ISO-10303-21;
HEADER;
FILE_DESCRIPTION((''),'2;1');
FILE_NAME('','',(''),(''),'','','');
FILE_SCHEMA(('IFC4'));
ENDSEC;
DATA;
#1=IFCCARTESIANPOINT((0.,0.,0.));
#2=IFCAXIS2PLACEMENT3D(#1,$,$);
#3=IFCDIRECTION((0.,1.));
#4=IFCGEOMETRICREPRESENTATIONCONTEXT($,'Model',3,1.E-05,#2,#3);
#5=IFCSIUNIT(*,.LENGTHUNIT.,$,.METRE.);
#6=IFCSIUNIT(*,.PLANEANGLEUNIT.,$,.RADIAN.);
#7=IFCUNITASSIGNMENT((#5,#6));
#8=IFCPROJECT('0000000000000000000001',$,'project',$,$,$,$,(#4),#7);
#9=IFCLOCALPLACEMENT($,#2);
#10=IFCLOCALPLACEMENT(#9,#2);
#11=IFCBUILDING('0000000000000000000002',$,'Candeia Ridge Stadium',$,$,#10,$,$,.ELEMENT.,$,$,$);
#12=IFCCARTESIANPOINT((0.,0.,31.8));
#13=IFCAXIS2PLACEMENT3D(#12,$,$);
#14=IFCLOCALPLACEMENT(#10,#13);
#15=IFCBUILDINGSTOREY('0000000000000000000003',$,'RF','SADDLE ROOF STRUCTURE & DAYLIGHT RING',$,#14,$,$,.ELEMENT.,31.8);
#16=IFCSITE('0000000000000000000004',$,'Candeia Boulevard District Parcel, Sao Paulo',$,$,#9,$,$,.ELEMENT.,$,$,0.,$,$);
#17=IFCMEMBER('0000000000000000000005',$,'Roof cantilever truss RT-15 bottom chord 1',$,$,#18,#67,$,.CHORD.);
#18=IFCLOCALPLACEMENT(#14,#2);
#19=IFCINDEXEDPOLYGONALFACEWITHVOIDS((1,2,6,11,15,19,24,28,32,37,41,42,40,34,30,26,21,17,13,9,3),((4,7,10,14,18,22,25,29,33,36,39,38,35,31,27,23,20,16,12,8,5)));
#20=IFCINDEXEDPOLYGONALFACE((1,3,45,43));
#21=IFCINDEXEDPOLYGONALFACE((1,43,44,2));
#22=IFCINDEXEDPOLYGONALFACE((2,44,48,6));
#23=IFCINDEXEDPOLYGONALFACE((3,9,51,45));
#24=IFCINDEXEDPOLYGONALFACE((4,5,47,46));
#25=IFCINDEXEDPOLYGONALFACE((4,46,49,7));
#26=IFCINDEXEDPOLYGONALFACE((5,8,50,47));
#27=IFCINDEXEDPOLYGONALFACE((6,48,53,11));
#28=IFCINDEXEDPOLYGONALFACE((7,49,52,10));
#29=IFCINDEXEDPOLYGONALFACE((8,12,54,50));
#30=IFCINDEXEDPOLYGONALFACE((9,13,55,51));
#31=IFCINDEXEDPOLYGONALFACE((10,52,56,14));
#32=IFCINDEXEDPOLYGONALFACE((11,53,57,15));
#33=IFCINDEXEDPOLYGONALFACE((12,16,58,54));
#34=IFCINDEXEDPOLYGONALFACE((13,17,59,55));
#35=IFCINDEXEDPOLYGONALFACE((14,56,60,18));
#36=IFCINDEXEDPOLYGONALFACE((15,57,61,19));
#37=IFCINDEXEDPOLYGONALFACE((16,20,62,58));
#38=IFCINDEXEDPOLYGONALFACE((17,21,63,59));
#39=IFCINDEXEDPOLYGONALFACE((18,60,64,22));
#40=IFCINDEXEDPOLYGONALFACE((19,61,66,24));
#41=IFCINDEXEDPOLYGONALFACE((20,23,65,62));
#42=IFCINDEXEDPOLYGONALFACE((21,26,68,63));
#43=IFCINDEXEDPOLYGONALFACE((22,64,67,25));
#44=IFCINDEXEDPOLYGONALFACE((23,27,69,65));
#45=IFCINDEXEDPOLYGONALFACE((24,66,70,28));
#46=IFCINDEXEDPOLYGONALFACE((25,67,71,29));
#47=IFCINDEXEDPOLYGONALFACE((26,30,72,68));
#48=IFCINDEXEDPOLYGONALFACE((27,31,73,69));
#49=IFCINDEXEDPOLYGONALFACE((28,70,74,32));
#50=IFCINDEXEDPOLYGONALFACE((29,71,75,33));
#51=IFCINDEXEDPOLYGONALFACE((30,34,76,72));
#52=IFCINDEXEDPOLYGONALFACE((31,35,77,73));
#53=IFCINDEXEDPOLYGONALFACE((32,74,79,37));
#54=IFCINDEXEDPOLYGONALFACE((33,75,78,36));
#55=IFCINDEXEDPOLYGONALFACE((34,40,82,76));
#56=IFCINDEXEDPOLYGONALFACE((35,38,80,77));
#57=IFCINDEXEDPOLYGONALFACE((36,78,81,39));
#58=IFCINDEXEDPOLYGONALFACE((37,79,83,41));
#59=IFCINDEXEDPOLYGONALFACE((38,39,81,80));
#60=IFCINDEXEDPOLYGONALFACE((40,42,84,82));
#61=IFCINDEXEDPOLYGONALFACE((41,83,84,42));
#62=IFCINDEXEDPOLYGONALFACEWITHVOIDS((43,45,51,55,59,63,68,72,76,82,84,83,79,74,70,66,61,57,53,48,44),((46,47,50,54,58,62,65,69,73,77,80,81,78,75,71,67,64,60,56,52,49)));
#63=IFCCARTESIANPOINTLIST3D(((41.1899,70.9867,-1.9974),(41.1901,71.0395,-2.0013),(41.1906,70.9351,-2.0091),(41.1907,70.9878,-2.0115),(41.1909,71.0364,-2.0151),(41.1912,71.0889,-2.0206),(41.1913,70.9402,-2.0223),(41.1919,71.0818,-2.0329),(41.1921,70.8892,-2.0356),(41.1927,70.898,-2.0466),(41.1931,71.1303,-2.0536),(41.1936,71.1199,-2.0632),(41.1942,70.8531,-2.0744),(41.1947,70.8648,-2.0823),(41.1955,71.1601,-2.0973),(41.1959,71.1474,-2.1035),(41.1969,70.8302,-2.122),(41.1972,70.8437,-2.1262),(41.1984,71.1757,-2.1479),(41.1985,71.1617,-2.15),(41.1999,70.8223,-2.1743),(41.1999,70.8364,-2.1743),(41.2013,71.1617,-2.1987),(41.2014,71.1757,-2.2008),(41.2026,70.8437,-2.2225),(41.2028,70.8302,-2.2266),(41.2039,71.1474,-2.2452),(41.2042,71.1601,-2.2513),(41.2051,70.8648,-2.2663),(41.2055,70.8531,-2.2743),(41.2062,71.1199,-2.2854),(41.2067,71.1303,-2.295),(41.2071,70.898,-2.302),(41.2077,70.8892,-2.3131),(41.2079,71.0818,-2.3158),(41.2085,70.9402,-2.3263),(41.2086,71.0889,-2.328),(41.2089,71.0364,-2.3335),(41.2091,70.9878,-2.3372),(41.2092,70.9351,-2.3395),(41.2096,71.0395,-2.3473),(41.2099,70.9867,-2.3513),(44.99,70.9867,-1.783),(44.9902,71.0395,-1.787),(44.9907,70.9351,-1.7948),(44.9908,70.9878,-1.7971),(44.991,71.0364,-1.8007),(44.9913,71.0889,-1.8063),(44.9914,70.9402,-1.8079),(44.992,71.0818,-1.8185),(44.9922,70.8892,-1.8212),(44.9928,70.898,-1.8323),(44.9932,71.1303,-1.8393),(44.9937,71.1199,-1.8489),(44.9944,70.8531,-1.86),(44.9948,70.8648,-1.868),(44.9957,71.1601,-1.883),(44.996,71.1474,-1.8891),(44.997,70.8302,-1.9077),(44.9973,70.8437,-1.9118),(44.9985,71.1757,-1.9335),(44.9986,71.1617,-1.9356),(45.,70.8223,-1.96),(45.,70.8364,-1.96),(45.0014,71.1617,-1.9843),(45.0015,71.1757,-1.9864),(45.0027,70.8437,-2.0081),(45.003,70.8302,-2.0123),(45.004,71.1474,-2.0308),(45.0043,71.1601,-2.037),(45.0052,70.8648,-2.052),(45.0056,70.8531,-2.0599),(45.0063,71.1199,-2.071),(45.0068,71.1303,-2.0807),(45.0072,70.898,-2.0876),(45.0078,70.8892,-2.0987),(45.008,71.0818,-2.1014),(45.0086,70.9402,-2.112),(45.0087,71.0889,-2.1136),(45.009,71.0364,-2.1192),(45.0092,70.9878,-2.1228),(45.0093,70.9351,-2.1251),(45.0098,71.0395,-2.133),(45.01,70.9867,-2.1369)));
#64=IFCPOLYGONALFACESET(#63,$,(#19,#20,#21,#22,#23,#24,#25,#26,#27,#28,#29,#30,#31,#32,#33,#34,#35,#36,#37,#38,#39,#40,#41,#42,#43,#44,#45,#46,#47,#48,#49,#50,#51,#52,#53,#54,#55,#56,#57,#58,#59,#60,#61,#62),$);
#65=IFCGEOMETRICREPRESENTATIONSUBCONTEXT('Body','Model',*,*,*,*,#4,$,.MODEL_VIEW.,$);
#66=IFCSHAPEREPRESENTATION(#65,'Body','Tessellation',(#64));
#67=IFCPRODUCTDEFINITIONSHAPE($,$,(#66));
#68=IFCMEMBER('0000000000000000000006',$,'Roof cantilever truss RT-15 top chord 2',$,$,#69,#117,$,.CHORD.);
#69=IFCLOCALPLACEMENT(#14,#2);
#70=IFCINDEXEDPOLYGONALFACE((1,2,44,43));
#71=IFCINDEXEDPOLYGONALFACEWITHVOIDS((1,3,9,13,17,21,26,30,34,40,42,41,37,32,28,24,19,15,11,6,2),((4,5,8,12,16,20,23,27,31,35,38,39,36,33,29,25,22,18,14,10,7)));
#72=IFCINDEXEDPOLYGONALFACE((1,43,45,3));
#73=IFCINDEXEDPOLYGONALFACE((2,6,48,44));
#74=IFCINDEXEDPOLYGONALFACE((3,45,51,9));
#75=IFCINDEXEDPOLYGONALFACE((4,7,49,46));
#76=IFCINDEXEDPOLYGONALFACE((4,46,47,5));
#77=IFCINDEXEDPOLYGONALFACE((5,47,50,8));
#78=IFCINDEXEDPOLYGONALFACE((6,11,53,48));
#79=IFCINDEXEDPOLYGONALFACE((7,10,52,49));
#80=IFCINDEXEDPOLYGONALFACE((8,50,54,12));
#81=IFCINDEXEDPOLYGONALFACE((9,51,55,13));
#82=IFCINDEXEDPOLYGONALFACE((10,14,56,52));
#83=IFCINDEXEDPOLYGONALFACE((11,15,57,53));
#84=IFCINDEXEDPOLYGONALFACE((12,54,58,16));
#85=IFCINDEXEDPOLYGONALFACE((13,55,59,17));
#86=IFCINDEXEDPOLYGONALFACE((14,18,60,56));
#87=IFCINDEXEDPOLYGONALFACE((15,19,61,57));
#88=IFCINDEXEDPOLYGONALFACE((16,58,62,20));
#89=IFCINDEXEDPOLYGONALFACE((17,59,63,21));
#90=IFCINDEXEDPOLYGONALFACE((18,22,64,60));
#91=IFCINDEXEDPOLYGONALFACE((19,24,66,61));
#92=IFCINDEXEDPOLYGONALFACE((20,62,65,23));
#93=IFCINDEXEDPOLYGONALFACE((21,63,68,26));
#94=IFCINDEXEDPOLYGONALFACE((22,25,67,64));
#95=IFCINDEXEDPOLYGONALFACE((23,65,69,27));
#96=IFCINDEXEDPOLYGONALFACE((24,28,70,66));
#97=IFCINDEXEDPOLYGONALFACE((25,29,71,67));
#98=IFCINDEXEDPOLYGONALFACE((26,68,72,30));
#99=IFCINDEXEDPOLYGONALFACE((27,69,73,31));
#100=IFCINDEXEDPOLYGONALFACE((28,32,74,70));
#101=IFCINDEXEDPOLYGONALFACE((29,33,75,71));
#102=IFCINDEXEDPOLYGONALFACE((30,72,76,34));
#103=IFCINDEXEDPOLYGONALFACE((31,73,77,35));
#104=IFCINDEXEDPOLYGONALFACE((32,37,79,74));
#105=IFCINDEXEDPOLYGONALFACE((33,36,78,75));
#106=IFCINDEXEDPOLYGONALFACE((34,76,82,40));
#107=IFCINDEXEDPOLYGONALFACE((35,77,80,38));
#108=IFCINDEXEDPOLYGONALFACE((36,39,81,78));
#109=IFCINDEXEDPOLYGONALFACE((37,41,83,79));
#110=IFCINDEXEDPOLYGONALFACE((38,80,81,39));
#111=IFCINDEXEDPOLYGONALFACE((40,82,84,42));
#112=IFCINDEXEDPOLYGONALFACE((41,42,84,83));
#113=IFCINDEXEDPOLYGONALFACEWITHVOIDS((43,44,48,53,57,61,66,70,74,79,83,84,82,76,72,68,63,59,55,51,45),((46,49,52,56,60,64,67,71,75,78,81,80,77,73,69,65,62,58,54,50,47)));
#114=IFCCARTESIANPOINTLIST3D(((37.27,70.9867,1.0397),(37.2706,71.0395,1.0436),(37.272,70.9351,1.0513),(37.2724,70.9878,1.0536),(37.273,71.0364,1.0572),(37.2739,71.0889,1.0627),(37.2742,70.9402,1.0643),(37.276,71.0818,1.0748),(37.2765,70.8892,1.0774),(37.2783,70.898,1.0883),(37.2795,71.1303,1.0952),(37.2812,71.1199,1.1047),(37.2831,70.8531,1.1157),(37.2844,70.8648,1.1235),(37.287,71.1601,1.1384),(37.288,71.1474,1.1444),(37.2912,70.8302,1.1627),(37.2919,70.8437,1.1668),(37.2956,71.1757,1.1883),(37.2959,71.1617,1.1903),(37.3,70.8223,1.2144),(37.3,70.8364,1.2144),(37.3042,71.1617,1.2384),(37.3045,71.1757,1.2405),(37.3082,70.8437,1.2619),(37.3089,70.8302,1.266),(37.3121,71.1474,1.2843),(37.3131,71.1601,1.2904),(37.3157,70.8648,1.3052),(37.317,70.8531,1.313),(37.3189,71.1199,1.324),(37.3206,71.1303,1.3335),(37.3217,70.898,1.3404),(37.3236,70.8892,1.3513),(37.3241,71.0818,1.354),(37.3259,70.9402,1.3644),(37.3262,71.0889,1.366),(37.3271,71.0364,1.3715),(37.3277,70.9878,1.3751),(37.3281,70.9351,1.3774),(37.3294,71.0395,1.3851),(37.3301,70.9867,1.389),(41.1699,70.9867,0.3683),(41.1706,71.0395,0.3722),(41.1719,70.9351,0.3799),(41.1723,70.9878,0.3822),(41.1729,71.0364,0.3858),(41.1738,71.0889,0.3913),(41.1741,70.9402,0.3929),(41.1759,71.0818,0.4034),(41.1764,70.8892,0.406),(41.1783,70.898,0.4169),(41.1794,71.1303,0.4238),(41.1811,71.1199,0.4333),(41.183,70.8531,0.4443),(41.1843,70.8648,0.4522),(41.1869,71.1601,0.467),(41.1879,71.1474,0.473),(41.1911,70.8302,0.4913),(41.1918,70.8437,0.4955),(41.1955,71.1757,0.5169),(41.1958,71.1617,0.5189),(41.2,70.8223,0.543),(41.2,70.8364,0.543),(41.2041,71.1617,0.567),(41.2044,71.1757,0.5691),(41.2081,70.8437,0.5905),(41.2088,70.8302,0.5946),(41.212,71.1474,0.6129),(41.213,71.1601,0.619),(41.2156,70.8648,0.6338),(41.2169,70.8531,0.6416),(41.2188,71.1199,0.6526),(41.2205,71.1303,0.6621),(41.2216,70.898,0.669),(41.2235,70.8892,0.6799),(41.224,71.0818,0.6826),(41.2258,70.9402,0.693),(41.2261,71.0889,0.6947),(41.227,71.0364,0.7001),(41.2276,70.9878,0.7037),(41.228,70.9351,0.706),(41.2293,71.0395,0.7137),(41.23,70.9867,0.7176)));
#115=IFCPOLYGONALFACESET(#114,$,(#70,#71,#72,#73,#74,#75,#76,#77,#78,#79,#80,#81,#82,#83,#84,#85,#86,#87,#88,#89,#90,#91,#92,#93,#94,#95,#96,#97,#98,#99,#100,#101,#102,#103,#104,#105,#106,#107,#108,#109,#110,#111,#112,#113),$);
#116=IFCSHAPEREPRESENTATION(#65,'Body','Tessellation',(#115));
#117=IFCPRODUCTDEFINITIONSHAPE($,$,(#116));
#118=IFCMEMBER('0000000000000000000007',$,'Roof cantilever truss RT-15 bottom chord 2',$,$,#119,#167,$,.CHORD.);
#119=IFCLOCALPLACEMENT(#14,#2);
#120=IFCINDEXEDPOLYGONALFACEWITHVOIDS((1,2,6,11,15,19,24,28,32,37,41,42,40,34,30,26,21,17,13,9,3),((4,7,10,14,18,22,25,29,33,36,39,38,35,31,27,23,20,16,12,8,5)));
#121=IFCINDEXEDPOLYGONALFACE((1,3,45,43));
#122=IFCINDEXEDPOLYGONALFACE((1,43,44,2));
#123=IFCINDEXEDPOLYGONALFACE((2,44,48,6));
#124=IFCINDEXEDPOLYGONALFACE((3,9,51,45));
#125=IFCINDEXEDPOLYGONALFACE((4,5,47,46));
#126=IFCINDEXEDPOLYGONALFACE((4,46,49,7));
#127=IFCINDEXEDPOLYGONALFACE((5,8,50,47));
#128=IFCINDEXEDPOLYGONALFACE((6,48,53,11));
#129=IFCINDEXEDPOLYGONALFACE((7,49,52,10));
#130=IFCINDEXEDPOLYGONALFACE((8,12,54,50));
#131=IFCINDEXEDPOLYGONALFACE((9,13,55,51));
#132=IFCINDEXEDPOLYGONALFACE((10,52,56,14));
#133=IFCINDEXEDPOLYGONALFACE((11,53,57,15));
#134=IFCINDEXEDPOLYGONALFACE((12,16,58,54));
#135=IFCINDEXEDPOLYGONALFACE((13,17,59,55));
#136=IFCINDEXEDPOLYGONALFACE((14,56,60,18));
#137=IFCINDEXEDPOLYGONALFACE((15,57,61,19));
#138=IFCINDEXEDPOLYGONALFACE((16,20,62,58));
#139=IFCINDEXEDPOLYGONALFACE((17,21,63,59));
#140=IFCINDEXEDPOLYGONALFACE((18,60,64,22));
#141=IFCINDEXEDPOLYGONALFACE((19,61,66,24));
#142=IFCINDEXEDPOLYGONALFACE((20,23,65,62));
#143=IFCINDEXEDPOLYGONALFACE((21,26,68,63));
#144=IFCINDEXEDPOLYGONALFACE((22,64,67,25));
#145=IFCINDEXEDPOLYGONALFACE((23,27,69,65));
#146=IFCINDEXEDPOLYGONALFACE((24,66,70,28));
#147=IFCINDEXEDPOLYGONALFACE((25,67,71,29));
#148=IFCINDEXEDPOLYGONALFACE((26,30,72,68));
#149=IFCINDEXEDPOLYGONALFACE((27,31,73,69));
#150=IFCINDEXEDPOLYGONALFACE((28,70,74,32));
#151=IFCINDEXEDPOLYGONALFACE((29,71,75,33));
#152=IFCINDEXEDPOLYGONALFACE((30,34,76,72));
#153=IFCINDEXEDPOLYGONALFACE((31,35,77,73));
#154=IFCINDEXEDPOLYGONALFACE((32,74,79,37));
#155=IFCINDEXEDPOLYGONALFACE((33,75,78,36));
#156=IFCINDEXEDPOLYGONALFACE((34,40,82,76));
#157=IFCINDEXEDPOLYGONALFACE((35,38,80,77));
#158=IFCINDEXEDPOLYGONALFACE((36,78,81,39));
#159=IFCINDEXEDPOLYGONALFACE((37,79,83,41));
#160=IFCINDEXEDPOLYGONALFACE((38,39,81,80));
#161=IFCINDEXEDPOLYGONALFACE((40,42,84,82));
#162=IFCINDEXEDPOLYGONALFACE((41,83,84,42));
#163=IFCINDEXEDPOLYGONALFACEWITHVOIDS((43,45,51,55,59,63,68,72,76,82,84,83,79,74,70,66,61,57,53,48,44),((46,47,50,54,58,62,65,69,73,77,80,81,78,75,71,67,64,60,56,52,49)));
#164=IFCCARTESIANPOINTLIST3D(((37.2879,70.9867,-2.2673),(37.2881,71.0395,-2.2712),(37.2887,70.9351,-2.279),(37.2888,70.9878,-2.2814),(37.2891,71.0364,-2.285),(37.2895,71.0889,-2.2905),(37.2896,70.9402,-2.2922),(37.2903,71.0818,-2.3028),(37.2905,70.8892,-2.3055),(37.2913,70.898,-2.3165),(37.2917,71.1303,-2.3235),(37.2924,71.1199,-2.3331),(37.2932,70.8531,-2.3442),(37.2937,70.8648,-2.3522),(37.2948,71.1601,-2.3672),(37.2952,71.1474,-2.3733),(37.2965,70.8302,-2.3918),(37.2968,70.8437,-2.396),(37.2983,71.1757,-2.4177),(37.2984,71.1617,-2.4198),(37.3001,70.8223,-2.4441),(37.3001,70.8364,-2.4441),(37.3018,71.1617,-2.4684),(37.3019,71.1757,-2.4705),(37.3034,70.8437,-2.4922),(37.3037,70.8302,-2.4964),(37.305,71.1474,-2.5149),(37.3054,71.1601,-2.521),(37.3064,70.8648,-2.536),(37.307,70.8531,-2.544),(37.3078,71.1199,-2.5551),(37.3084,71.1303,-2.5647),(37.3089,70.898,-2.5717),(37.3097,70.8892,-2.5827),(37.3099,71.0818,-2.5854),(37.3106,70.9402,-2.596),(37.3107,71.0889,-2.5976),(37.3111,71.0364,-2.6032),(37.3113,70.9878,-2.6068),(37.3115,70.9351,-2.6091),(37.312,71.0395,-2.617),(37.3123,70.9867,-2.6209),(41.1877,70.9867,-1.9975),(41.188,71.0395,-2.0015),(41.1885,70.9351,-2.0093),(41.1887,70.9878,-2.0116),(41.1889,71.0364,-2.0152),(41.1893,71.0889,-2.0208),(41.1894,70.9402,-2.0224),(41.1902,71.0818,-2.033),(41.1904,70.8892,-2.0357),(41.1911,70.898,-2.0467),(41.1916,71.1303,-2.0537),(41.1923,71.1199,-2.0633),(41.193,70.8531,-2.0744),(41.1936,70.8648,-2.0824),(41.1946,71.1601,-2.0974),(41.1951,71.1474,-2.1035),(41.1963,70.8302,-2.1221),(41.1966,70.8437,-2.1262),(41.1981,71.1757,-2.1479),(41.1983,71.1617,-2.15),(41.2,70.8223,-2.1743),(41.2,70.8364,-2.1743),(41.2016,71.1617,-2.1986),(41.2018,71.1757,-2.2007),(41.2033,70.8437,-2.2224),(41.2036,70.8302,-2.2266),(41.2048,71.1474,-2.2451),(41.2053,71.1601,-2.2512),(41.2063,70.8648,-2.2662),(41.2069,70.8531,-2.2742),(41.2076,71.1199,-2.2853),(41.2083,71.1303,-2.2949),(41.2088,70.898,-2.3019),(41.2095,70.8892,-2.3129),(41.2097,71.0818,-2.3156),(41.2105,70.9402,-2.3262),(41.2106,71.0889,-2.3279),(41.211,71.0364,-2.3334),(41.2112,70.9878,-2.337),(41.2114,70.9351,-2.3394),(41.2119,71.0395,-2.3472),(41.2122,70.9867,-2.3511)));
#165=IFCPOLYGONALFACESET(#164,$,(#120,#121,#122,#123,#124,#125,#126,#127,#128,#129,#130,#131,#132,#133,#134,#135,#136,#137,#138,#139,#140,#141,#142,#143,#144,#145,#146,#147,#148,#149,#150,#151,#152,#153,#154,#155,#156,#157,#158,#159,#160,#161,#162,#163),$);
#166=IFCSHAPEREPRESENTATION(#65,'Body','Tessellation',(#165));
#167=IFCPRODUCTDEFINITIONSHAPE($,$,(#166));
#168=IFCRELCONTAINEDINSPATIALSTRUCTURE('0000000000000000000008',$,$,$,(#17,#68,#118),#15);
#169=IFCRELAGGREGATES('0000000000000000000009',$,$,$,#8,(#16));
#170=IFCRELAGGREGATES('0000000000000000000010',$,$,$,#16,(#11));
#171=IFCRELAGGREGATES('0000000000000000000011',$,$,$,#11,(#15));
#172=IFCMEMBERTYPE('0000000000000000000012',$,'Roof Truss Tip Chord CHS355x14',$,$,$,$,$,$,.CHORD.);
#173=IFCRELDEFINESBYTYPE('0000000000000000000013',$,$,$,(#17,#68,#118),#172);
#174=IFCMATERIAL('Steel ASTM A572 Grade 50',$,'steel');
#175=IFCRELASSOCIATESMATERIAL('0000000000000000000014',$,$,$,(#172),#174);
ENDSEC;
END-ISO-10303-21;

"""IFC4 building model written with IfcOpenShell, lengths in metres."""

from ifc_helpers import new_model, si_unit, direction, frame, origin, origin_2d, place, context, subcontext, project, spatial, hollow_circle, extrude, material, material_profile, profile_set, type_object, element, save


model = new_model("IFC4")

# Units and contexts
model_context = context("Model", 3, precision=1e-05, world=origin(), true_north=direction((0.0, 1.0)))
body_context = subcontext(model_context, "Body", "Model", "MODEL_VIEW")
ifc_project = project(units=[si_unit("LENGTHUNIT", "METRE"), si_unit("PLANEANGLEUNIT", "RADIAN")], contexts=[model_context])

# Site, building, storey
site_placement = place(None, origin())
site = spatial("IfcSite", under=ifc_project, at=site_placement, Name="Candeia Boulevard District Parcel, Sao Paulo", CompositionType="ELEMENT", RefElevation=0.0)
building_placement = place(site_placement, origin())
building = spatial("IfcBuilding", under=site, at=building_placement, Name="Candeia Ridge Stadium", CompositionType="ELEMENT")
storey_placement = place(building_placement, frame((0.0, 0.0, 31.8)))
storey = spatial("IfcBuildingStorey", under=building, at=storey_placement, Name="RF", Description="SADDLE ROOF STRUCTURE & DAYLIGHT RING", CompositionType="ELEMENT", Elevation=31.8)

# Shared definitions
ifc_material_1 = material(Name="Steel ASTM A572 Grade 50", Category="steel")

# Members
ifc_material_profile_1 = material_profile(ifc_material_1, hollow_circle(Radius=0.1777, WallThickness=0.0142, at=origin_2d()), Name="CHS355x14", Category="steel")
ifc_profile_set_1 = profile_set([ifc_material_profile_1], Name="Steel ASTM A572 Grade 50")
member_type_1 = type_object("IfcMemberType", Name="Roof Truss Tip Chord CHS355x14", PredefinedType="CHORD", material=ifc_profile_set_1)
member_1_placement = place(storey_placement, frame((45.0, 71.0, -1.96), z_axis=(-0.998413, 0.0, -0.056319), x_axis=(0.0, -1.0, 0.0)))
element("IfcMember", 1, at=member_1_placement, inside=storey, type_object=member_type_1, Name="Roof cantilever truss RT-15 bottom chord 1", PredefinedType="CHORD", context=body_context, shape_type="SweptSolid", body=[
    extrude(hollow_circle(Radius=0.1777, WallThickness=0.0142, at=origin_2d()), origin(), (0.0, 0.0, 1.0), 3.8062),
])
member_2_placement = place(storey_placement, frame((41.2, 71.0, 0.543), z_axis=(-0.985503, 0.0, 0.169659), x_axis=(0.0, -1.0, 0.0)))
element("IfcMember", 2, at=member_2_placement, inside=storey, type_object=member_type_1, Name="Roof cantilever truss RT-15 top chord 2", PredefinedType="CHORD", context=body_context, shape_type="SweptSolid", body=[
    extrude(hollow_circle(Radius=0.1777, WallThickness=0.0142, at=origin_2d()), origin(), (0.0, 0.0, 1.0), 3.9573),
])
member_3_placement = place(storey_placement, frame((41.2, 71.0, -2.1743), z_axis=(-0.997616, 0.0, -0.06901), x_axis=(0.0, -1.0, 0.0)))
element("IfcMember", 3, at=member_3_placement, inside=storey, type_object=member_type_1, Name="Roof cantilever truss RT-15 bottom chord 2", PredefinedType="CHORD", context=body_context, shape_type="SweptSolid", body=[
    extrude(hollow_circle(Radius=0.1777, WallThickness=0.0142, at=origin_2d()), origin(), (0.0, 0.0, 1.0), 3.9092),
])

save(model, "model.ifc")
